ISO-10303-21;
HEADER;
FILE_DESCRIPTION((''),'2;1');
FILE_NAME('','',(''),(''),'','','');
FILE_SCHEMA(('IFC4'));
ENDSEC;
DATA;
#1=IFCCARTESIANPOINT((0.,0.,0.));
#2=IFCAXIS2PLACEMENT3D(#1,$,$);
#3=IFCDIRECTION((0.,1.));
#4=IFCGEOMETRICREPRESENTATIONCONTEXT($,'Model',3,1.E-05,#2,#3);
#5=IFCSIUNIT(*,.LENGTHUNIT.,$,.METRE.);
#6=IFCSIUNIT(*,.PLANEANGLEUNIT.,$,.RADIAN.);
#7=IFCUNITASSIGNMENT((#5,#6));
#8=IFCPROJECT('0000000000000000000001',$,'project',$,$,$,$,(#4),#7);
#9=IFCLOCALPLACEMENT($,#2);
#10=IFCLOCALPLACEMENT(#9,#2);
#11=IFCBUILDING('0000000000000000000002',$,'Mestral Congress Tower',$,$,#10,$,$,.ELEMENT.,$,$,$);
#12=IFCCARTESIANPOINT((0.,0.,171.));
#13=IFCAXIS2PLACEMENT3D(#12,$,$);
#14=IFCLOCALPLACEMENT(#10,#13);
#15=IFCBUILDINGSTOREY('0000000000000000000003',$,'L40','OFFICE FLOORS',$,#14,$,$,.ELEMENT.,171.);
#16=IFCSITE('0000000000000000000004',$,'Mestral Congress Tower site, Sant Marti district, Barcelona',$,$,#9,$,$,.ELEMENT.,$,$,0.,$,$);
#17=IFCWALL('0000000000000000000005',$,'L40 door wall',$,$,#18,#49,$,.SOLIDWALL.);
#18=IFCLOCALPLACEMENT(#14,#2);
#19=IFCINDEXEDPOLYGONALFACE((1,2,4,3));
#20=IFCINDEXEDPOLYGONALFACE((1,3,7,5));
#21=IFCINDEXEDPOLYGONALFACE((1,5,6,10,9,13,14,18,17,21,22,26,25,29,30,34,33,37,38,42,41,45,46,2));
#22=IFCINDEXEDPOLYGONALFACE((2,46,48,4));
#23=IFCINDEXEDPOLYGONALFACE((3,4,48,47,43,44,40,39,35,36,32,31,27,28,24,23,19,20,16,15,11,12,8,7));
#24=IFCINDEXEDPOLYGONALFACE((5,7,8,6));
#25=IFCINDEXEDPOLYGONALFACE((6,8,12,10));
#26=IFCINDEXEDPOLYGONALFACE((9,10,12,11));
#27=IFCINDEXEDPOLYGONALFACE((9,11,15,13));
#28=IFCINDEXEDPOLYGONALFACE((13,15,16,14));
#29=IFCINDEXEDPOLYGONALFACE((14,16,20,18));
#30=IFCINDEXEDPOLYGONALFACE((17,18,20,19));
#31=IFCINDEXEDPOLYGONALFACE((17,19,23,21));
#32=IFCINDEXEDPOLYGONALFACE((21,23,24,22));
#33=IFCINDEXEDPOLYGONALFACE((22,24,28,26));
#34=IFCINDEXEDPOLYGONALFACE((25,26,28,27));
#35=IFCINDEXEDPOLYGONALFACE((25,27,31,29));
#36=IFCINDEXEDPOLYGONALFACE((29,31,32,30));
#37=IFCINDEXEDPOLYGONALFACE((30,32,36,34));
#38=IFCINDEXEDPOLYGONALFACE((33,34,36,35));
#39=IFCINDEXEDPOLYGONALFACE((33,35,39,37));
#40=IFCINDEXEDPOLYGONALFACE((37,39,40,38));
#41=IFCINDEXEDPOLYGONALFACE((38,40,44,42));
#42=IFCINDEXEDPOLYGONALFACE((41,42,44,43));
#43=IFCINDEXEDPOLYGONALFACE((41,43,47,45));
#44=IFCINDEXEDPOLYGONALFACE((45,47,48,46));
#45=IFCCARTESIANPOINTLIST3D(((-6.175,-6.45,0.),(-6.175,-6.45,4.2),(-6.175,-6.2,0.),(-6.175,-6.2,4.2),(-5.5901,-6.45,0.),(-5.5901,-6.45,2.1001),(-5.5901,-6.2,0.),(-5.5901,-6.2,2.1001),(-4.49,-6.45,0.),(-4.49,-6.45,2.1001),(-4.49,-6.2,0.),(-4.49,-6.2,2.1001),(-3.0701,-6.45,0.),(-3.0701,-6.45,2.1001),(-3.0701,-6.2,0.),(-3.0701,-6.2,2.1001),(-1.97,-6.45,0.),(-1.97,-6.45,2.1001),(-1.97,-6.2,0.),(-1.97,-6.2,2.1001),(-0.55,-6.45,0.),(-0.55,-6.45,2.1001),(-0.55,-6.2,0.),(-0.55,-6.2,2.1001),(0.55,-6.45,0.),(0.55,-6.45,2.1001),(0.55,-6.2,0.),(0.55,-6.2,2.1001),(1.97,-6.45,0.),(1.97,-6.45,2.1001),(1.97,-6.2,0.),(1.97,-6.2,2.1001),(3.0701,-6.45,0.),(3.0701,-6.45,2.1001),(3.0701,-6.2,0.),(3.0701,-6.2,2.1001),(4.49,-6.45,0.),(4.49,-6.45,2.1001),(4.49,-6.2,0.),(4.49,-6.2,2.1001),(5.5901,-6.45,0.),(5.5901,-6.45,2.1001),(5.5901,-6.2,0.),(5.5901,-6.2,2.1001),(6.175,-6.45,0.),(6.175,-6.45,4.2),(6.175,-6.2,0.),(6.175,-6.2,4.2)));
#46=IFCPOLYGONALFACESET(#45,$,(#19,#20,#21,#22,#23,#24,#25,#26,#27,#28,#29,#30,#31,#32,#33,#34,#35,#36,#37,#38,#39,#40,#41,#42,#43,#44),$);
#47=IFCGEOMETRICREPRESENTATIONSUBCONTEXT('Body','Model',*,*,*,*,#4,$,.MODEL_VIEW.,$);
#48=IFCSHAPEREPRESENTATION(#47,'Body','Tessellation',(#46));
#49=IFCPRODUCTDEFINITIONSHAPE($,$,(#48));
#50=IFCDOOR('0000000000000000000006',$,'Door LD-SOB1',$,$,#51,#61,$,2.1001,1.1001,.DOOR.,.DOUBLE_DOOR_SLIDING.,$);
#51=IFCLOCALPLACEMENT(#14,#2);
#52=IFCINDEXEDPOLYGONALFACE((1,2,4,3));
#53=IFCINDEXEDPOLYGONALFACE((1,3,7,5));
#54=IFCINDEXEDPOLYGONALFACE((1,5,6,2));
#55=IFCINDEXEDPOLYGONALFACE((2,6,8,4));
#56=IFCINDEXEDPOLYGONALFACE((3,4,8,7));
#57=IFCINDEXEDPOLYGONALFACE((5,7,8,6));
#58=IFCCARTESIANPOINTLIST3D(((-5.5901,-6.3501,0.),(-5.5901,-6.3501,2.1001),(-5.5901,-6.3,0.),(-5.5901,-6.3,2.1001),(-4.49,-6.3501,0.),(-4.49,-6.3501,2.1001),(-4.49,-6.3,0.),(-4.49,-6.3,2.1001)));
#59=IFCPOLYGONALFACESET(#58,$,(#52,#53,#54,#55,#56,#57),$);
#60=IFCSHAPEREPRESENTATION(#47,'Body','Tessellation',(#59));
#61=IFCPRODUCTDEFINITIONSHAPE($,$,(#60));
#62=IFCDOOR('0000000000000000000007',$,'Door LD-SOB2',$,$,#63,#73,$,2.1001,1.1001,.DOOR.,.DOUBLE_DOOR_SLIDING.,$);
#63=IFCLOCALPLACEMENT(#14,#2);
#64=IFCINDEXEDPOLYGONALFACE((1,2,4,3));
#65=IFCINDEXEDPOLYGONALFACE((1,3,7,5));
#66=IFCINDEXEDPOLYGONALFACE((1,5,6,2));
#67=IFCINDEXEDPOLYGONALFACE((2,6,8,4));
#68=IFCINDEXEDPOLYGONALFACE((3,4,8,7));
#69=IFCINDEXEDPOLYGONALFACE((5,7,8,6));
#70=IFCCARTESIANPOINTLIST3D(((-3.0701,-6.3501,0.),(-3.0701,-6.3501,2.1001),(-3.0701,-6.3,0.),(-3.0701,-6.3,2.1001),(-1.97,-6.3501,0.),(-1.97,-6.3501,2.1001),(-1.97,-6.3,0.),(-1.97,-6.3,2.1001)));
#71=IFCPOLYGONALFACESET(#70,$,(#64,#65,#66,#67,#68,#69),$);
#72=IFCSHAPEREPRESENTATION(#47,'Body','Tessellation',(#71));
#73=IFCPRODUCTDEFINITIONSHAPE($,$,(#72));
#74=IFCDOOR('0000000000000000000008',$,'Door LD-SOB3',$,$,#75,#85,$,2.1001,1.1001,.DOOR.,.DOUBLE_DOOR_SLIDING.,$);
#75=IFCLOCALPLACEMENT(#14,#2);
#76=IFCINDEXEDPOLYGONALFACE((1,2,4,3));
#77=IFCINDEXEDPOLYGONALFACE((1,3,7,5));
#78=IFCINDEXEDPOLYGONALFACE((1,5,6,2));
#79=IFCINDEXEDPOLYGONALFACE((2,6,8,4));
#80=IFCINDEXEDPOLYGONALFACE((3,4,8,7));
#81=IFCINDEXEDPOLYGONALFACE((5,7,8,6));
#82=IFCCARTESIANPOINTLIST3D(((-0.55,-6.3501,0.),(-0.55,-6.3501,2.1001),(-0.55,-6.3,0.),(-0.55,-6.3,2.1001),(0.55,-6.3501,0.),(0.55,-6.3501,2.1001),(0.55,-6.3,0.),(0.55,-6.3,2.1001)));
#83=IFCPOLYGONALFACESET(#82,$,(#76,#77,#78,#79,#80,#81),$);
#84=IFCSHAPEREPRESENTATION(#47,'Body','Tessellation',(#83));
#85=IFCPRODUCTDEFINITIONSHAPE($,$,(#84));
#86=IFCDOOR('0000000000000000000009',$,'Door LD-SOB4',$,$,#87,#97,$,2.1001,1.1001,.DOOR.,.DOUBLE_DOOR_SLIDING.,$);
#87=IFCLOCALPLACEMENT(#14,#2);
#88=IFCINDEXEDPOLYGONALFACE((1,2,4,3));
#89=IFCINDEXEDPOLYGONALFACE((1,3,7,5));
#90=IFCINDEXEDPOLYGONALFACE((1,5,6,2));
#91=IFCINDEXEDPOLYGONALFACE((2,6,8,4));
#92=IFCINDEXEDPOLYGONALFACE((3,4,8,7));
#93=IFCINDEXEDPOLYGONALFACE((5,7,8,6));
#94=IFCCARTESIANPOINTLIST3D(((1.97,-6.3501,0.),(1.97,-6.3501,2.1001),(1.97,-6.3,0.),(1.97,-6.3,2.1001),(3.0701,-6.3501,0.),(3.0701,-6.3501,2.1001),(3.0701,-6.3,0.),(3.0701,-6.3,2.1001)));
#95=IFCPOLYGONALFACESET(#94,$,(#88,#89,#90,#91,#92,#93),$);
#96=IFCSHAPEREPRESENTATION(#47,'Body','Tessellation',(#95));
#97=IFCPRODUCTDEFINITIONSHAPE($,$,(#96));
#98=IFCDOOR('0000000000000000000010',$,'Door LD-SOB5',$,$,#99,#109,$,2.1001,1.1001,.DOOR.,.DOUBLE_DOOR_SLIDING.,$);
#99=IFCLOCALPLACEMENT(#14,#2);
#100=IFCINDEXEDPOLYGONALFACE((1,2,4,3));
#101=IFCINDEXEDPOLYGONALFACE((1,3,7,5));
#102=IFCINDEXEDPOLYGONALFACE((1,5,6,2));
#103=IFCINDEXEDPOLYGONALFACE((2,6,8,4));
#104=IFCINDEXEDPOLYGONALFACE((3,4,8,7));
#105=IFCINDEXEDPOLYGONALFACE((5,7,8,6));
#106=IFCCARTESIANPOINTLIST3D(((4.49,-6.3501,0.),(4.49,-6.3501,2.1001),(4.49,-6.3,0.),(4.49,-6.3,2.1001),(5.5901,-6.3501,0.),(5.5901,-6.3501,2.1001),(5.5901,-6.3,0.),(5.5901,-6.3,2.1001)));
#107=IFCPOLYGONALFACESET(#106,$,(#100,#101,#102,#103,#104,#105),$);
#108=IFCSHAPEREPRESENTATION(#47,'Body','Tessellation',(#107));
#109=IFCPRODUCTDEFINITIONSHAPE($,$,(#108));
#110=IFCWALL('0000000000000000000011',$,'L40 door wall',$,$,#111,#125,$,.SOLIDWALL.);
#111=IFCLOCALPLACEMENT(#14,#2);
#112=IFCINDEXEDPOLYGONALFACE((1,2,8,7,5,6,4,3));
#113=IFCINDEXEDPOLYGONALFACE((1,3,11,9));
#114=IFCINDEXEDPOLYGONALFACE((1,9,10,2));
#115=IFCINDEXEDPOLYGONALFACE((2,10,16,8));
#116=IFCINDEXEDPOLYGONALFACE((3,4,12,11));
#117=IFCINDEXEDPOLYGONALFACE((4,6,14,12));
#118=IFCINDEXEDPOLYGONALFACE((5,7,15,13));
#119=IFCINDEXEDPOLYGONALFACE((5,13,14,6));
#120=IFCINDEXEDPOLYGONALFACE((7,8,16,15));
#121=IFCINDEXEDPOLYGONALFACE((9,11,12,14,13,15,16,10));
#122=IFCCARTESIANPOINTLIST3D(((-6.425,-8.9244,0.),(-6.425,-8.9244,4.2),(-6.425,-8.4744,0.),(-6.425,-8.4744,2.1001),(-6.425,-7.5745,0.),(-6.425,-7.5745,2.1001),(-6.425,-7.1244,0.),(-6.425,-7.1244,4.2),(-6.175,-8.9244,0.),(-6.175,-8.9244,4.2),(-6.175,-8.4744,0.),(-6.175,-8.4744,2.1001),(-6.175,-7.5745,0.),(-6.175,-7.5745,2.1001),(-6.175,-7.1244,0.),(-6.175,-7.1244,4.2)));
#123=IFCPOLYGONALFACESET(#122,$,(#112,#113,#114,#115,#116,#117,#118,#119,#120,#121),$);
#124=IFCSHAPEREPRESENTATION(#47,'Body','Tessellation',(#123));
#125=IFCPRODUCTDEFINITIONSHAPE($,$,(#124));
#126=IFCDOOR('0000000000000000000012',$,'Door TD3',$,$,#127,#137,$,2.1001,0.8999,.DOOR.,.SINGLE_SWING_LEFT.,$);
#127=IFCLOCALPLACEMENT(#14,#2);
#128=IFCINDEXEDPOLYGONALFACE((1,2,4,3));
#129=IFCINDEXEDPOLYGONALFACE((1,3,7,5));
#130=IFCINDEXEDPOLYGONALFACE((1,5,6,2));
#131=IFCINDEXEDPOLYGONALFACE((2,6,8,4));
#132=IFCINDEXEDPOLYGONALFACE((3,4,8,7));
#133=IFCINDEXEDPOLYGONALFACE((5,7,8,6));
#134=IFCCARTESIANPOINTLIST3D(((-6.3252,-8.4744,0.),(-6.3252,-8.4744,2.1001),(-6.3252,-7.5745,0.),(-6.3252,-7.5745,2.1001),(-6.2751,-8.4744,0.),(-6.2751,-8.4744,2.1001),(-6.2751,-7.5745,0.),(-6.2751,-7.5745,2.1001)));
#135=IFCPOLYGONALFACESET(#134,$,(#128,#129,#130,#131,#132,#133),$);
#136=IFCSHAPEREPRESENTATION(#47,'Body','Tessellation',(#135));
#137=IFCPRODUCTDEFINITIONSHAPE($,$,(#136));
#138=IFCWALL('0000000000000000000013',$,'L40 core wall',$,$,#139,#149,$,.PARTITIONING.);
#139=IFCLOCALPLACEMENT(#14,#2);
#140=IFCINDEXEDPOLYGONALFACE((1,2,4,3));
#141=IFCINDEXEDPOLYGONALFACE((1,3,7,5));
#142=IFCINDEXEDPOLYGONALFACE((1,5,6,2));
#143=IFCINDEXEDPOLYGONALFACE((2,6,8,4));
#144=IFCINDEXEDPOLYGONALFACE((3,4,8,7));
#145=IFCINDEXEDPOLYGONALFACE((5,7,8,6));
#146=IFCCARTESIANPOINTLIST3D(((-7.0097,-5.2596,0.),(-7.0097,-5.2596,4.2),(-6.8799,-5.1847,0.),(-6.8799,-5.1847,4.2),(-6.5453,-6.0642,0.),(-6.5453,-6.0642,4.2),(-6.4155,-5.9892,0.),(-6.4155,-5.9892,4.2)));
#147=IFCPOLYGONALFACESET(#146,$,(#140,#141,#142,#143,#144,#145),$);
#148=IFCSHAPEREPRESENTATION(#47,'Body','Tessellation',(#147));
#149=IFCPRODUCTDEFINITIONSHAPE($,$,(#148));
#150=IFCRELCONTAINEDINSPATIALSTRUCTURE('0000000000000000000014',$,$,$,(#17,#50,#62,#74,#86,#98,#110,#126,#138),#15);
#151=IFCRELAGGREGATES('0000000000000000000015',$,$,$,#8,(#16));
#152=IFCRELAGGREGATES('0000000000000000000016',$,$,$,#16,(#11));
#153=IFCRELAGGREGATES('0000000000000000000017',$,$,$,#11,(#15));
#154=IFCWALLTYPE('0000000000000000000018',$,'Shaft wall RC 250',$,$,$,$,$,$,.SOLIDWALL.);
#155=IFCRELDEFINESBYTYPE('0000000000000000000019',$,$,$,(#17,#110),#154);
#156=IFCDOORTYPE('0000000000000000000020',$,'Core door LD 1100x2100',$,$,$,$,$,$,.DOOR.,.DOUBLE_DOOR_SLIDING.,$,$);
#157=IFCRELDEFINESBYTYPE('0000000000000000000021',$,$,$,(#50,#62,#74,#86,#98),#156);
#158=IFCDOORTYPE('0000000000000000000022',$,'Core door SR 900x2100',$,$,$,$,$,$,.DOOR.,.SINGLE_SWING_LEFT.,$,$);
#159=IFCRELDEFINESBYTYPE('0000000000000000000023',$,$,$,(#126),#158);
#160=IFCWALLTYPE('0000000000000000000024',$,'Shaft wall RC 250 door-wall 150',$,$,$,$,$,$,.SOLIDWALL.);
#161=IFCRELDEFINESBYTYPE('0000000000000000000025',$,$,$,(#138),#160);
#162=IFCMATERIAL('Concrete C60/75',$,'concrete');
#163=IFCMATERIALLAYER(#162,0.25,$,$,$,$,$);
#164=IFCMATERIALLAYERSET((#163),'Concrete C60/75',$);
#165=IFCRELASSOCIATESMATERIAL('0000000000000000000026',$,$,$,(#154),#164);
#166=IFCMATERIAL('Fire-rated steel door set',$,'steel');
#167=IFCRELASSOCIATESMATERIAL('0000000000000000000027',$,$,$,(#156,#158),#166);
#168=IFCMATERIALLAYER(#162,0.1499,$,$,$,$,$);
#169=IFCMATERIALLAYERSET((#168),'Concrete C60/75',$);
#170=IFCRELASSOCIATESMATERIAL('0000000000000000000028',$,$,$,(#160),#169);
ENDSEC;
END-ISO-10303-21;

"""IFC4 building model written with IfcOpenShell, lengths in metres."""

from ifc_helpers import new_model, si_unit, direction, frame, frame_2d, origin, place, context, subcontext, project, spatial, rectangle, extrude, material, layer, layer_set, type_object, element, fill, save


model = new_model("IFC4")

# Units and contexts
model_context = context("Model", 3, precision=1e-05, world=origin(), true_north=direction((0.0, 1.0)))
body_context = subcontext(model_context, "Body", "Model", "MODEL_VIEW")
ifc_project = project(units=[si_unit("LENGTHUNIT", "METRE"), si_unit("PLANEANGLEUNIT", "RADIAN")], contexts=[model_context])

# Site, building, storey
site_placement = place(None, origin())
site = spatial("IfcSite", under=ifc_project, at=site_placement, Name="Mestral Congress Tower site, Sant Marti district, Barcelona", CompositionType="ELEMENT", RefElevation=0.0)
building_placement = place(site_placement, origin())
building = spatial("IfcBuilding", under=site, at=building_placement, Name="Mestral Congress Tower", CompositionType="ELEMENT")
storey_placement = place(building_placement, frame((0.0, 0.0, 171.0)))
storey = spatial("IfcBuildingStorey", under=building, at=storey_placement, Name="L40", Description="OFFICE FLOORS", CompositionType="ELEMENT", Elevation=171.0)

# Shared definitions
ifc_material_1 = material(Name="Fire-rated steel door set", Category="steel")

# Shared definitions
ifc_material_2 = material(Name="Concrete C60/75", Category="concrete")
ifc_layer_1 = layer(ifc_material_2, 0.25)
ifc_layer_set_1 = layer_set([ifc_layer_1], Name="Concrete C60/75")
wall_type_1 = type_object("IfcWallType", Name="Shaft wall RC 250", PredefinedType="SOLIDWALL", material=ifc_layer_set_1)

# Wall, openings, doors
wall_1_placement = place(storey_placement, frame((-6.175, -6.325, 0.0), z_axis=(0.0, 0.0, 1.0), x_axis=(1.0, 0.0, 0.0)))
wall_1 = element("IfcWall", 1, at=wall_1_placement, inside=storey, type_object=wall_type_1, Name="L40 door wall", PredefinedType="SOLIDWALL", context=body_context, shape_type="SweptSolid", body=[
    extrude(rectangle(XDim=12.3501, YDim=0.25, at=frame_2d((6.175, 0.0))), origin(), (0.0, 0.0, 1.0), 4.2),
])
opening_1_placement = place(wall_1_placement, frame((0.585, 0.0, 0.0)))
opening_1 = element("IfcOpeningElement", 2, at=opening_1_placement, cuts=wall_1, PredefinedType="OPENING", context=body_context, shape_type="SweptSolid", body=[
    extrude(rectangle(XDim=1.1001, YDim=2.1001, at=frame_2d((0.55, 1.05))), frame((0.0, 0.135, 0.0), z_axis=(0.0, -1.0, 0.0), x_axis=(1.0, 0.0, 0.0)), (0.0, 0.0, 1.0), 0.27),
])
opening_2_placement = place(wall_1_placement, frame((3.105, 0.0, 0.0)))
opening_2 = element("IfcOpeningElement", 3, at=opening_2_placement, cuts=wall_1, PredefinedType="OPENING", context=body_context, shape_type="SweptSolid", body=[
    extrude(rectangle(XDim=1.1001, YDim=2.1001, at=frame_2d((0.55, 1.05))), frame((0.0, 0.135, 0.0), z_axis=(0.0, -1.0, 0.0), x_axis=(1.0, 0.0, 0.0)), (0.0, 0.0, 1.0), 0.27),
])
opening_3_placement = place(wall_1_placement, frame((5.625, 0.0, 0.0)))
opening_3 = element("IfcOpeningElement", 4, at=opening_3_placement, cuts=wall_1, PredefinedType="OPENING", context=body_context, shape_type="SweptSolid", body=[
    extrude(rectangle(XDim=1.1001, YDim=2.1001, at=frame_2d((0.55, 1.05))), frame((0.0, 0.135, 0.0), z_axis=(0.0, -1.0, 0.0), x_axis=(1.0, 0.0, 0.0)), (0.0, 0.0, 1.0), 0.27),
])
opening_4_placement = place(wall_1_placement, frame((8.145, 0.0, 0.0)))
opening_4 = element("IfcOpeningElement", 5, at=opening_4_placement, cuts=wall_1, PredefinedType="OPENING", context=body_context, shape_type="SweptSolid", body=[
    extrude(rectangle(XDim=1.1001, YDim=2.1001, at=frame_2d((0.55, 1.05))), frame((0.0, 0.135, 0.0), z_axis=(0.0, -1.0, 0.0), x_axis=(1.0, 0.0, 0.0)), (0.0, 0.0, 1.0), 0.27),
])
opening_5_placement = place(wall_1_placement, frame((10.665, 0.0, 0.0)))
opening_5 = element("IfcOpeningElement", 6, at=opening_5_placement, cuts=wall_1, PredefinedType="OPENING", context=body_context, shape_type="SweptSolid", body=[
    extrude(rectangle(XDim=1.1001, YDim=2.1001, at=frame_2d((0.55, 1.05))), frame((0.0, 0.135, 0.0), z_axis=(0.0, -1.0, 0.0), x_axis=(1.0, 0.0, 0.0)), (0.0, 0.0, 1.0), 0.27),
])
door_type_1 = type_object("IfcDoorType", Name="Core door LD 1100x2100", OperationType="DOUBLE_DOOR_SLIDING", PredefinedType="DOOR", material=ifc_material_1)
door_1_placement = place(opening_1_placement, origin())
door_1 = element("IfcDoor", 7, at=door_1_placement, inside=storey, type_object=door_type_1, Name="Door LD-SOB1", OperationType="DOUBLE_DOOR_SLIDING", OverallHeight=2.1001, OverallWidth=1.1001, PredefinedType="DOOR", context=body_context, shape_type="SweptSolid", body=[
    extrude(rectangle(XDim=1.1001, YDim=2.1001, at=frame_2d((0.55, 1.05))), frame((0.0, 0.0249, 0.0), z_axis=(0.0, -1.0, 0.0), x_axis=(1.0, 0.0, 0.0)), (0.0, 0.0, 1.0), 0.05),
])
fill(opening_1, door_1)
door_2_placement = place(opening_2_placement, origin())
door_2 = element("IfcDoor", 8, at=door_2_placement, inside=storey, type_object=door_type_1, Name="Door LD-SOB2", OperationType="DOUBLE_DOOR_SLIDING", OverallHeight=2.1001, OverallWidth=1.1001, PredefinedType="DOOR", context=body_context, shape_type="SweptSolid", body=[
    extrude(rectangle(XDim=1.1001, YDim=2.1001, at=frame_2d((0.55, 1.05))), frame((0.0, 0.0249, 0.0), z_axis=(0.0, -1.0, 0.0), x_axis=(1.0, 0.0, 0.0)), (0.0, 0.0, 1.0), 0.05),
])
fill(opening_2, door_2)
door_3_placement = place(opening_3_placement, origin())
door_3 = element("IfcDoor", 9, at=door_3_placement, inside=storey, type_object=door_type_1, Name="Door LD-SOB3", OperationType="DOUBLE_DOOR_SLIDING", OverallHeight=2.1001, OverallWidth=1.1001, PredefinedType="DOOR", context=body_context, shape_type="SweptSolid", body=[
    extrude(rectangle(XDim=1.1001, YDim=2.1001, at=frame_2d((0.55, 1.05))), frame((0.0, 0.0249, 0.0), z_axis=(0.0, -1.0, 0.0), x_axis=(1.0, 0.0, 0.0)), (0.0, 0.0, 1.0), 0.05),
])
fill(opening_3, door_3)
door_4_placement = place(opening_4_placement, origin())
door_4 = element("IfcDoor", 10, at=door_4_placement, inside=storey, type_object=door_type_1, Name="Door LD-SOB4", OperationType="DOUBLE_DOOR_SLIDING", OverallHeight=2.1001, OverallWidth=1.1001, PredefinedType="DOOR", context=body_context, shape_type="SweptSolid", body=[
    extrude(rectangle(XDim=1.1001, YDim=2.1001, at=frame_2d((0.55, 1.05))), frame((0.0, 0.0249, 0.0), z_axis=(0.0, -1.0, 0.0), x_axis=(1.0, 0.0, 0.0)), (0.0, 0.0, 1.0), 0.05),
])
fill(opening_4, door_4)
door_5_placement = place(opening_5_placement, origin())
door_5 = element("IfcDoor", 11, at=door_5_placement, inside=storey, type_object=door_type_1, Name="Door LD-SOB5", OperationType="DOUBLE_DOOR_SLIDING", OverallHeight=2.1001, OverallWidth=1.1001, PredefinedType="DOOR", context=body_context, shape_type="SweptSolid", body=[
    extrude(rectangle(XDim=1.1001, YDim=2.1001, at=frame_2d((0.55, 1.05))), frame((0.0, 0.0249, 0.0), z_axis=(0.0, -1.0, 0.0), x_axis=(1.0, 0.0, 0.0)), (0.0, 0.0, 1.0), 0.05),
])
fill(opening_5, door_5)

# Wall, opening, door
wall_2_placement = place(storey_placement, frame((-6.3, -7.1245, 0.0), z_axis=(0.0, 0.0, 1.0), x_axis=(0.0, -1.0, 0.0)))
wall_2 = element("IfcWall", 12, at=wall_2_placement, inside=storey, type_object=wall_type_1, Name="L40 door wall", PredefinedType="SOLIDWALL", context=body_context, shape_type="SweptSolid", body=[
    extrude(rectangle(XDim=1.8, YDim=0.25, at=frame_2d((0.8999, 0.0))), origin(), (0.0, 0.0, 1.0), 4.2),
])
opening_6_placement = place(wall_2_placement, frame((0.45, 0.0, 0.0)))
opening_6 = element("IfcOpeningElement", 13, at=opening_6_placement, cuts=wall_2, PredefinedType="OPENING", context=body_context, shape_type="SweptSolid", body=[
    extrude(rectangle(XDim=0.8999, YDim=2.1001, at=frame_2d((0.45, 1.05))), frame((0.0, 0.135, 0.0), z_axis=(0.0, -1.0, 0.0), x_axis=(1.0, 0.0, 0.0)), (0.0, 0.0, 1.0), 0.27),
])
door_type_2 = type_object("IfcDoorType", Name="Core door SR 900x2100", OperationType="SINGLE_SWING_LEFT", PredefinedType="DOOR", material=ifc_material_1)
door_6_placement = place(opening_6_placement, origin())
door_6 = element("IfcDoor", 14, at=door_6_placement, inside=storey, type_object=door_type_2, Name="Door TD3", OperationType="SINGLE_SWING_LEFT", OverallHeight=2.1001, OverallWidth=0.8999, PredefinedType="DOOR", context=body_context, shape_type="SweptSolid", body=[
    extrude(rectangle(XDim=0.8999, YDim=2.1001, at=frame_2d((0.45, 1.05))), frame((0.0, 0.0249, 0.0), z_axis=(0.0, -1.0, 0.0), x_axis=(1.0, 0.0, 0.0)), (0.0, 0.0, 1.0), 0.05),
])
fill(opening_6, door_6)

# Wall
ifc_layer_2 = layer(ifc_material_2, 0.1499)
ifc_layer_set_2 = layer_set([ifc_layer_2], Name="Concrete C60/75")
wall_type_2 = type_object("IfcWallType", Name="Shaft wall RC 250 door-wall 150", PredefinedType="SOLIDWALL", material=ifc_layer_set_2)
wall_3_placement = place(storey_placement, frame((-6.4805, -6.0266, 0.0), z_axis=(0.0, 0.0, 1.0), x_axis=(-0.499927, 0.866067, 0.0)))
element("IfcWall", 15, at=wall_3_placement, inside=storey, type_object=wall_type_2, Name="L40 core wall", PredefinedType="PARTITIONING", context=body_context, shape_type="SweptSolid", body=[
    extrude(rectangle(XDim=0.929, YDim=0.1499, at=frame_2d((0.4644, 0.0))), origin(), (0.0, 0.0, 1.0), 4.2),
])

save(model, "model.ifc")
